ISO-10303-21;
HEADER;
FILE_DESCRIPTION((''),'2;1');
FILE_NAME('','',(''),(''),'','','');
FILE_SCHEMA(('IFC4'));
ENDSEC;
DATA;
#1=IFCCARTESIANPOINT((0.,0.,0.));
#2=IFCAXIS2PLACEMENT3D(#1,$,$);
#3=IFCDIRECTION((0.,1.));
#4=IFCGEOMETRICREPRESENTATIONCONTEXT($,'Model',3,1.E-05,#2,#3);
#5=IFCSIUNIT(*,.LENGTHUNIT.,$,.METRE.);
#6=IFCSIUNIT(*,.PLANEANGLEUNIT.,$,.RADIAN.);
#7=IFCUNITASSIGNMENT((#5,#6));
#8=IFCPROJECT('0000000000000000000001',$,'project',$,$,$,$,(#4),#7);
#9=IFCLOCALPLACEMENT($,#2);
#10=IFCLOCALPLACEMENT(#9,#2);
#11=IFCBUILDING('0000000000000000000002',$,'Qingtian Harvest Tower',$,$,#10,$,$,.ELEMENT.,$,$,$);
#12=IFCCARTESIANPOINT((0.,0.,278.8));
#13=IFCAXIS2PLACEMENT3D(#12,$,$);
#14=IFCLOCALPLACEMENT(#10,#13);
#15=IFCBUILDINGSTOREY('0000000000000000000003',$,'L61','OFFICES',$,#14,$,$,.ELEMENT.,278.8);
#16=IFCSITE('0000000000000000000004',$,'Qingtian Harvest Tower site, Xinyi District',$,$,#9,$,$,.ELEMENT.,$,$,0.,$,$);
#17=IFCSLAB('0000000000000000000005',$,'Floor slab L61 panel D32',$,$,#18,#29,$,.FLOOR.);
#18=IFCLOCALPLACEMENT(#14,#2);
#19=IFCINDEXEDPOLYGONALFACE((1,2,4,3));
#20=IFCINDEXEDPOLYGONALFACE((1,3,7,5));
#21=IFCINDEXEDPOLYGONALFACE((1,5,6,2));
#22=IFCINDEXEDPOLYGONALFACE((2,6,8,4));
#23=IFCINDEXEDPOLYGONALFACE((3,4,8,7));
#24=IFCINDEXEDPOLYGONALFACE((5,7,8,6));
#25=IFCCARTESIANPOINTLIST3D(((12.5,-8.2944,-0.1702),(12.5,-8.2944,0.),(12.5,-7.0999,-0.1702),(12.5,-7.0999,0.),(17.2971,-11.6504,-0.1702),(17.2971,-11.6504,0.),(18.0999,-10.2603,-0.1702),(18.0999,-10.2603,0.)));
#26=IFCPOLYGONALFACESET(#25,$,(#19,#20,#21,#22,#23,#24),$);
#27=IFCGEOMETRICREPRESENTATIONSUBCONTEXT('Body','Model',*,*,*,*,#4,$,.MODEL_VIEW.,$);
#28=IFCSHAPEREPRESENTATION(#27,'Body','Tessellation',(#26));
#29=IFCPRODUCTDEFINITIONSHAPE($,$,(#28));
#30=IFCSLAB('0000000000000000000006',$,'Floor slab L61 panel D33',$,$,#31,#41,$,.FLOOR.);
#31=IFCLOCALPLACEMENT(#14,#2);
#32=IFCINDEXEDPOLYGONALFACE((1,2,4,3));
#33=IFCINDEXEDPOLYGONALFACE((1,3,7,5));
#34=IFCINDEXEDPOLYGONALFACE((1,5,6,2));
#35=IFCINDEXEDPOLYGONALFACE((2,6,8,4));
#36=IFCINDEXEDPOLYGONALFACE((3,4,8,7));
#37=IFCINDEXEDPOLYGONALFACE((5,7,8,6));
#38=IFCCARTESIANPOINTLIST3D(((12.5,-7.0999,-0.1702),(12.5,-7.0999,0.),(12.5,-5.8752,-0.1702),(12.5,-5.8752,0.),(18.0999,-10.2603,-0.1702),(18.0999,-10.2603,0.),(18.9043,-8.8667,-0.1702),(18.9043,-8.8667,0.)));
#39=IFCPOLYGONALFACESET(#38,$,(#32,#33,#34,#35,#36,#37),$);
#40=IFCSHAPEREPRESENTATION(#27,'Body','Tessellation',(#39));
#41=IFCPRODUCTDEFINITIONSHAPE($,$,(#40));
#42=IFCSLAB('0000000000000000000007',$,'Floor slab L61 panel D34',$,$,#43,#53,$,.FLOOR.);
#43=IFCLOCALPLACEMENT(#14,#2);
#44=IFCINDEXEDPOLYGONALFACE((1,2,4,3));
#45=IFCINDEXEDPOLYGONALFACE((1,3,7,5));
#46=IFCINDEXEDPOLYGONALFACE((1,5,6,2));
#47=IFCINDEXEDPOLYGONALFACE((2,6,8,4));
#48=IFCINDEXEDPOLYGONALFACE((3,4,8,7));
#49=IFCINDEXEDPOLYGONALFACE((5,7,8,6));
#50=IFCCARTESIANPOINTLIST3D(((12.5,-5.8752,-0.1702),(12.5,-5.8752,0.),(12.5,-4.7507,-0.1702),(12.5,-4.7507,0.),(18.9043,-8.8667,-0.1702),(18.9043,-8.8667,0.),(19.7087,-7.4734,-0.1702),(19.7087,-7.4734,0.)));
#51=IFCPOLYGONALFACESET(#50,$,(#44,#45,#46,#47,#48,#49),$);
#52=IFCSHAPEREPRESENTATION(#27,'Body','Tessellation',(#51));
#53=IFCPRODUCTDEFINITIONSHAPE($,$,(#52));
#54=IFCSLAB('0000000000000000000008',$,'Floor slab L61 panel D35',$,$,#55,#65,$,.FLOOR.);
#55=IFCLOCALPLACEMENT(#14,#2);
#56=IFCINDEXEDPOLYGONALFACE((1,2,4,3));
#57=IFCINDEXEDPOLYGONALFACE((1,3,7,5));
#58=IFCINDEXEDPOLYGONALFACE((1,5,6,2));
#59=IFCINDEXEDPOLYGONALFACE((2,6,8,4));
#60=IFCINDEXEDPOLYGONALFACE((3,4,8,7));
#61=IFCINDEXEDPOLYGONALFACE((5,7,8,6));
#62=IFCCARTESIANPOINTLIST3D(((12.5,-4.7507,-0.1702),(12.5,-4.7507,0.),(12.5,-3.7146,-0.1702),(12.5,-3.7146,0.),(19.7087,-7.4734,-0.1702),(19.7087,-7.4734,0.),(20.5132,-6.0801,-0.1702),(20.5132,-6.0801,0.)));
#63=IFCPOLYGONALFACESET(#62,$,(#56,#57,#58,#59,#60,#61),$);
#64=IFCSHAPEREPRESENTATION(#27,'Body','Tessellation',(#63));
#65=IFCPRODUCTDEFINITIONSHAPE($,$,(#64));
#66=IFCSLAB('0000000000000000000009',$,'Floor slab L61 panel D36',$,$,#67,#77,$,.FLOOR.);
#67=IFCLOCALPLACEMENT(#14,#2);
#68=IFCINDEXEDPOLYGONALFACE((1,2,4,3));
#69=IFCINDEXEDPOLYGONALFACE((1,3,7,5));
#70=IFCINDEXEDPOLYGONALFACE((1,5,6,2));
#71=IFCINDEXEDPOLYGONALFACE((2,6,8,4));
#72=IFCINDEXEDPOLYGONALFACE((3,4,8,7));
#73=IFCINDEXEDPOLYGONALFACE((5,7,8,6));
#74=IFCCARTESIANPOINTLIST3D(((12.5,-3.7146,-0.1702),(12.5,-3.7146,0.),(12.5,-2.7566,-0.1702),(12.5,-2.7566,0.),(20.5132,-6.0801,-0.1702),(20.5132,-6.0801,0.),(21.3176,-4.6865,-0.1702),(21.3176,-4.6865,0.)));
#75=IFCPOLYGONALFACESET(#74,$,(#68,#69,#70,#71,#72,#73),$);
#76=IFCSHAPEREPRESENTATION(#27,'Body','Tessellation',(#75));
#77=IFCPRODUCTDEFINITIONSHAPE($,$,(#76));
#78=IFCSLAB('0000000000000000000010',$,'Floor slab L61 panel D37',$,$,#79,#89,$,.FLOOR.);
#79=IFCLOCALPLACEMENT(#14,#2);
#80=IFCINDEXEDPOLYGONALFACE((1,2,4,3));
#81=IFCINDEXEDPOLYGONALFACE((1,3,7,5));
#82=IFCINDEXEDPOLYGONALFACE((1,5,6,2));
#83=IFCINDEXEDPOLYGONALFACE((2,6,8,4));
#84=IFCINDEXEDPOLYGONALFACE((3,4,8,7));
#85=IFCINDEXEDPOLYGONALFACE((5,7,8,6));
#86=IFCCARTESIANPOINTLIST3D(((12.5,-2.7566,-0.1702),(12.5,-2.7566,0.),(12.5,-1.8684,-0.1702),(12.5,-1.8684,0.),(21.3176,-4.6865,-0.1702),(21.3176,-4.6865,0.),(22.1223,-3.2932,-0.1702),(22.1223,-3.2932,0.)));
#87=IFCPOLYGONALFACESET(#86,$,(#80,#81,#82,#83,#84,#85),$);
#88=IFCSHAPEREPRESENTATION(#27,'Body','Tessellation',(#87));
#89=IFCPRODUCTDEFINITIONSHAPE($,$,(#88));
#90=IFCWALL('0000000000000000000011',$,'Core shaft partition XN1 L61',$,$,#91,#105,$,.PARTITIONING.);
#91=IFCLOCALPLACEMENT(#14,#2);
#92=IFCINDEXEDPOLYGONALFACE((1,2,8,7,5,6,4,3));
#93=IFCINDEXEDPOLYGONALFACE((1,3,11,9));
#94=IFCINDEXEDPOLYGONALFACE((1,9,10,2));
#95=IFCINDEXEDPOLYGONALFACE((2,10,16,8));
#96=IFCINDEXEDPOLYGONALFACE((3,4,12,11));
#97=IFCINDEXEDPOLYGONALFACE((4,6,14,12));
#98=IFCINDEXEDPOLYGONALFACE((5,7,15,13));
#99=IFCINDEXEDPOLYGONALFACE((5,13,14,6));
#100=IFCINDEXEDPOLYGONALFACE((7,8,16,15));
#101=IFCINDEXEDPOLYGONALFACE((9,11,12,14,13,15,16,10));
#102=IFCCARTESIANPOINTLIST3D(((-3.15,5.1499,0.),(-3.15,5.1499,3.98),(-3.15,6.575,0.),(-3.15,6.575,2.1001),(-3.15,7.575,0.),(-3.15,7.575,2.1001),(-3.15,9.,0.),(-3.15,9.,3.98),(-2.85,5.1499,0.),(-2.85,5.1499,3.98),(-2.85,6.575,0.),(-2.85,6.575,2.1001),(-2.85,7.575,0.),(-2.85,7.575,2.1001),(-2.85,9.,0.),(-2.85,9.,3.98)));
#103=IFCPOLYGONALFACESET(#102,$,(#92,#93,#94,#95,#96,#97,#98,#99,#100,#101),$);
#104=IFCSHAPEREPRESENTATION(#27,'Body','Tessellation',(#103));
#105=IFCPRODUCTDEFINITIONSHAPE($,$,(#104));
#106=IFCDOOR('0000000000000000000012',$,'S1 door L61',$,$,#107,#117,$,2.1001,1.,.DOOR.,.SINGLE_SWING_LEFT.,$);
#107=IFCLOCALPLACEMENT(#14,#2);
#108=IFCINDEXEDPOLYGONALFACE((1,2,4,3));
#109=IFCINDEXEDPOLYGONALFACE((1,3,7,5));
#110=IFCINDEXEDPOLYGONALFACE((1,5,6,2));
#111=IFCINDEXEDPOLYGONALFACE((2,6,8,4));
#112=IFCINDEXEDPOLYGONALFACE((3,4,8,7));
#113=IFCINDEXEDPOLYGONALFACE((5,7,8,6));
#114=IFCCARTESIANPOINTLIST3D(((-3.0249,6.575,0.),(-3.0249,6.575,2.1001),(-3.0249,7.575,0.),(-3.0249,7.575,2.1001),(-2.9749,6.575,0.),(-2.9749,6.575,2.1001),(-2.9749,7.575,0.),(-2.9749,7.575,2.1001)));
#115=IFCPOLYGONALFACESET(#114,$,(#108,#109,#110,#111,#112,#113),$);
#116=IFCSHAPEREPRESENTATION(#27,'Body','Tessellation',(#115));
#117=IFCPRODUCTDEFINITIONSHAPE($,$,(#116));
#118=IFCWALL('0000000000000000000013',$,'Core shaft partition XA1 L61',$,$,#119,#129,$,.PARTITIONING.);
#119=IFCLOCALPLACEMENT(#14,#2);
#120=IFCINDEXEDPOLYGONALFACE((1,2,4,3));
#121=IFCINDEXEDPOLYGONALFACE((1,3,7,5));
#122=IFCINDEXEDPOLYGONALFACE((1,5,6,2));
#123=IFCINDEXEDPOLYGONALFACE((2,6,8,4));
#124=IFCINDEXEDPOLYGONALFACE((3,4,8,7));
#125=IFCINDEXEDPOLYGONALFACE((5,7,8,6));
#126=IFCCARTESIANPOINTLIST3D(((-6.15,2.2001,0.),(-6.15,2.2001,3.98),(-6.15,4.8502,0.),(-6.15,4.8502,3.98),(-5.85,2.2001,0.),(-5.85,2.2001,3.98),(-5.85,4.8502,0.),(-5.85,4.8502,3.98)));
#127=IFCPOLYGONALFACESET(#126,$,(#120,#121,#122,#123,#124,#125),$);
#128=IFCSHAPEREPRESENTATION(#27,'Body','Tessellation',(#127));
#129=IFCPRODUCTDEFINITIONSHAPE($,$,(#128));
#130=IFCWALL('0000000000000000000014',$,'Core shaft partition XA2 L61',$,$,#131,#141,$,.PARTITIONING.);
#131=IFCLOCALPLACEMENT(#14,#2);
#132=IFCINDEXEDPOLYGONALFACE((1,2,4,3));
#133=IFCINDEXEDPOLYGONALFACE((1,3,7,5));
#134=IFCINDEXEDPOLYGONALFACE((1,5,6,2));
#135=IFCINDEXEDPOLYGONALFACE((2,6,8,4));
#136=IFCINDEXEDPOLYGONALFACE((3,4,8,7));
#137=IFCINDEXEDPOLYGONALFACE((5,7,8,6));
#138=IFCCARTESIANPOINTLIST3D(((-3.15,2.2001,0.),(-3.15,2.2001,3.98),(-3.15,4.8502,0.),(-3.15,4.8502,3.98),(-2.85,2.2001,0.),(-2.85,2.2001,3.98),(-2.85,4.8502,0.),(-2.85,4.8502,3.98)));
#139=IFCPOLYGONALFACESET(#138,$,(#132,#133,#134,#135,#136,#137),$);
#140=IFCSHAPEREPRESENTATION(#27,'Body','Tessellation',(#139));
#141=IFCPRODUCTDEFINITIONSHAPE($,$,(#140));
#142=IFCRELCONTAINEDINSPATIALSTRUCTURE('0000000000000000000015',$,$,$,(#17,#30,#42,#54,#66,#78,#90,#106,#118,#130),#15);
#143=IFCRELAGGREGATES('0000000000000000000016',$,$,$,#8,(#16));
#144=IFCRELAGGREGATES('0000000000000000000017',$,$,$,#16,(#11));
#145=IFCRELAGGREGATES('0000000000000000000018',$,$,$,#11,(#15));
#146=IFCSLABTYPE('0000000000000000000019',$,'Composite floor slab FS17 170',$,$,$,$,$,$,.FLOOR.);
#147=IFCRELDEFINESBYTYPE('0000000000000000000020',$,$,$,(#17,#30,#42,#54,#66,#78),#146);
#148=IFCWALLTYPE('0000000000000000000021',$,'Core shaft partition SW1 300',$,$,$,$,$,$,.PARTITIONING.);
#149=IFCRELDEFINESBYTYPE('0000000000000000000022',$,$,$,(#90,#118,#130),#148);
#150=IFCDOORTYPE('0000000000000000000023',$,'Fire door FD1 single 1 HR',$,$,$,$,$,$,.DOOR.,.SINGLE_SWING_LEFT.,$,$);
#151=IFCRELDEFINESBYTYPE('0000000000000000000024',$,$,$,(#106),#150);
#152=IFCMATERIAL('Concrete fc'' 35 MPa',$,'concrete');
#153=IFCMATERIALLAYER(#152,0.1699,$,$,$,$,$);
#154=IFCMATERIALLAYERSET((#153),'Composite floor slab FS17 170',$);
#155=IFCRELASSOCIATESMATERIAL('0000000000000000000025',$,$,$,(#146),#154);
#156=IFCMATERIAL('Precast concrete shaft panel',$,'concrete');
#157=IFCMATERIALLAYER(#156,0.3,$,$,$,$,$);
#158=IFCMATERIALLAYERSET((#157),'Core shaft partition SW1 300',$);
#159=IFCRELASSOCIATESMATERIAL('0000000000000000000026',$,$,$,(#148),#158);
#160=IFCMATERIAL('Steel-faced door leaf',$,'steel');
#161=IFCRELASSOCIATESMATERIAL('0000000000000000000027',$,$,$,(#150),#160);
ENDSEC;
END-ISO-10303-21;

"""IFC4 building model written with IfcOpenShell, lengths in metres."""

from ifc_helpers import new_model, si_unit, direction, frame, frame_2d, origin, place, context, subcontext, project, spatial, polyline, rectangle, outline, extrude, material, layer, layer_set, type_object, element, fill, save


model = new_model("IFC4")

# Units and contexts
model_context = context("Model", 3, precision=1e-05, world=origin(), true_north=direction((0.0, 1.0)))
body_context = subcontext(model_context, "Body", "Model", "MODEL_VIEW")
ifc_project = project(units=[si_unit("LENGTHUNIT", "METRE"), si_unit("PLANEANGLEUNIT", "RADIAN")], contexts=[model_context])

# Site, building, storey
site_placement = place(None, origin())
site = spatial("IfcSite", under=ifc_project, at=site_placement, Name="Qingtian Harvest Tower site, Xinyi District", CompositionType="ELEMENT", RefElevation=0.0)
building_placement = place(site_placement, origin())
building = spatial("IfcBuilding", under=site, at=building_placement, Name="Qingtian Harvest Tower", CompositionType="ELEMENT")
storey_placement = place(building_placement, frame((0.0, 0.0, 278.8)))
storey = spatial("IfcBuildingStorey", under=building, at=storey_placement, Name="L61", Description="OFFICES", CompositionType="ELEMENT", Elevation=278.8)

# Slabs
ifc_material_1 = material(Name="Concrete fc' 35 MPa", Category="concrete")
ifc_layer_1 = layer(ifc_material_1, 0.1699)
ifc_layer_set_1 = layer_set([ifc_layer_1], Name="Composite floor slab FS17 170")
slab_type = type_object("IfcSlabType", Name="Composite floor slab FS17 170", PredefinedType="FLOOR", material=ifc_layer_set_1)
slab_1_placement = place(storey_placement, frame((0.0, 0.0, -0.1702)))
element("IfcSlab", 1, at=slab_1_placement, inside=storey, type_object=slab_type, Name="Floor slab L61 panel D32", PredefinedType="FLOOR", context=body_context, shape_type="SweptSolid", body=[
    extrude(outline(polyline([(12.5, -7.0999), (18.0999, -10.2603), (17.2971, -11.6504), (12.5, -8.2944), (12.5, -7.0999)])), origin(), (0.0, 0.0, 1.0), 0.1702),
])
slab_2_placement = place(storey_placement, frame((0.0, 0.0, -0.1702)))
element("IfcSlab", 2, at=slab_2_placement, inside=storey, type_object=slab_type, Name="Floor slab L61 panel D33", PredefinedType="FLOOR", context=body_context, shape_type="SweptSolid", body=[
    extrude(outline(polyline([(12.5, -5.8752), (18.9043, -8.8667), (18.0999, -10.2603), (12.5, -7.0999), (12.5, -5.8752)])), origin(), (0.0, 0.0, 1.0), 0.1702),
])
slab_3_placement = place(storey_placement, frame((0.0, 0.0, -0.1702)))
element("IfcSlab", 3, at=slab_3_placement, inside=storey, type_object=slab_type, Name="Floor slab L61 panel D34", PredefinedType="FLOOR", context=body_context, shape_type="SweptSolid", body=[
    extrude(outline(polyline([(12.5, -4.7507), (19.7087, -7.4734), (18.9043, -8.8667), (12.5, -5.8752), (12.5, -4.7507)])), origin(), (0.0, 0.0, 1.0), 0.1702),
])
slab_4_placement = place(storey_placement, frame((0.0, 0.0, -0.1702)))
element("IfcSlab", 4, at=slab_4_placement, inside=storey, type_object=slab_type, Name="Floor slab L61 panel D35", PredefinedType="FLOOR", context=body_context, shape_type="SweptSolid", body=[
    extrude(outline(polyline([(12.5, -3.7146), (20.5132, -6.0801), (19.7087, -7.4734), (12.5, -4.7507), (12.5, -3.7146)])), origin(), (0.0, 0.0, 1.0), 0.1702),
])
slab_5_placement = place(storey_placement, frame((0.0, 0.0, -0.1702)))
element("IfcSlab", 5, at=slab_5_placement, inside=storey, type_object=slab_type, Name="Floor slab L61 panel D36", PredefinedType="FLOOR", context=body_context, shape_type="SweptSolid", body=[
    extrude(outline(polyline([(12.5, -2.7566), (21.3176, -4.6865), (20.5132, -6.0801), (12.5, -3.7146), (12.5, -2.7566)])), origin(), (0.0, 0.0, 1.0), 0.1702),
])
slab_6_placement = place(storey_placement, frame((0.0, 0.0, -0.1702)))
element("IfcSlab", 6, at=slab_6_placement, inside=storey, type_object=slab_type, Name="Floor slab L61 panel D37", PredefinedType="FLOOR", context=body_context, shape_type="SweptSolid", body=[
    extrude(outline(polyline([(12.5, -1.8684), (22.1223, -3.2932), (21.3176, -4.6865), (12.5, -2.7566), (12.5, -1.8684)])), origin(), (0.0, 0.0, 1.0), 0.1702),
])

# Wall, opening, door
ifc_material_2 = material(Name="Precast concrete shaft panel", Category="concrete")
ifc_layer_2 = layer(ifc_material_2, 0.3)
ifc_layer_set_2 = layer_set([ifc_layer_2], Name="Core shaft partition SW1 300")
wall_type_1 = type_object("IfcWallType", Name="Core shaft partition SW1 300", PredefinedType="PARTITIONING", material=ifc_layer_set_2)
wall_1_placement = place(storey_placement, frame((-3.0, 5.1499, 0.0), z_axis=(0.0, 0.0, 1.0), x_axis=(0.0, 1.0, 0.0)))
wall_1 = element("IfcWall", 7, at=wall_1_placement, inside=storey, type_object=wall_type_1, Name="Core shaft partition XN1 L61", PredefinedType="PARTITIONING", context=body_context, shape_type="SweptSolid", body=[
    extrude(rectangle(XDim=3.8501, YDim=0.3, at=frame_2d((1.925, 0.0))), origin(), (0.0, 0.0, 1.0), 3.98),
])
opening_1_placement = place(wall_1_placement, frame((1.425, 0.0, 0.0)))
opening_1 = element("IfcOpeningElement", 8, at=opening_1_placement, cuts=wall_1, PredefinedType="OPENING", context=body_context, shape_type="SweptSolid", body=[
    extrude(rectangle(XDim=1.0, YDim=2.1001, at=frame_2d((0.5, 1.05))), frame((0.0, 0.1599, 0.0), z_axis=(0.0, -1.0, 0.0), x_axis=(1.0, 0.0, 0.0)), (0.0, 0.0, 1.0), 0.3201),
])
ifc_material_3 = material(Name="Steel-faced door leaf", Category="steel")
door_type_1 = type_object("IfcDoorType", Name="Fire door FD1 single 1 HR", OperationType="SINGLE_SWING_LEFT", PredefinedType="DOOR", material=ifc_material_3)
door_1_placement = place(opening_1_placement, origin())
door_1 = element("IfcDoor", 9, at=door_1_placement, inside=storey, type_object=door_type_1, Name="S1 door L61", OperationType="SINGLE_SWING_LEFT", OverallHeight=2.1001, OverallWidth=1.0, PredefinedType="DOOR", context=body_context, shape_type="SweptSolid", body=[
    extrude(rectangle(XDim=1.0, YDim=2.1001, at=frame_2d((0.5, 1.05))), frame((0.0, 0.0249, 0.0), z_axis=(0.0, -1.0, 0.0), x_axis=(1.0, 0.0, 0.0)), (0.0, 0.0, 1.0), 0.05),
])
fill(opening_1, door_1)

# Walls
for number, where, z_axis, x_axis, name in (
    (10, (-6.0, 2.2, 0.0), (0.0, 0.0, 1.0), (0.0, 1.0, 0.0), "Core shaft partition XA1 L61"),
    (11, (-3.0, 2.2, 0.0), (0.0, 0.0, 1.0), (0.0, 1.0, 0.0), "Core shaft partition XA2 L61"),
):
    element("IfcWall", number, at=place(storey_placement, frame(where, z_axis=z_axis, x_axis=x_axis)), inside=storey, type_object=wall_type_1, Name=name, PredefinedType="PARTITIONING", context=body_context, shape_type="SweptSolid", body=[
        extrude(rectangle(XDim=2.6501, YDim=0.3, at=frame_2d((1.3252, 0.0))), origin(), (0.0, 0.0, 1.0), 3.98),
    ])

save(model, "model.ifc")
